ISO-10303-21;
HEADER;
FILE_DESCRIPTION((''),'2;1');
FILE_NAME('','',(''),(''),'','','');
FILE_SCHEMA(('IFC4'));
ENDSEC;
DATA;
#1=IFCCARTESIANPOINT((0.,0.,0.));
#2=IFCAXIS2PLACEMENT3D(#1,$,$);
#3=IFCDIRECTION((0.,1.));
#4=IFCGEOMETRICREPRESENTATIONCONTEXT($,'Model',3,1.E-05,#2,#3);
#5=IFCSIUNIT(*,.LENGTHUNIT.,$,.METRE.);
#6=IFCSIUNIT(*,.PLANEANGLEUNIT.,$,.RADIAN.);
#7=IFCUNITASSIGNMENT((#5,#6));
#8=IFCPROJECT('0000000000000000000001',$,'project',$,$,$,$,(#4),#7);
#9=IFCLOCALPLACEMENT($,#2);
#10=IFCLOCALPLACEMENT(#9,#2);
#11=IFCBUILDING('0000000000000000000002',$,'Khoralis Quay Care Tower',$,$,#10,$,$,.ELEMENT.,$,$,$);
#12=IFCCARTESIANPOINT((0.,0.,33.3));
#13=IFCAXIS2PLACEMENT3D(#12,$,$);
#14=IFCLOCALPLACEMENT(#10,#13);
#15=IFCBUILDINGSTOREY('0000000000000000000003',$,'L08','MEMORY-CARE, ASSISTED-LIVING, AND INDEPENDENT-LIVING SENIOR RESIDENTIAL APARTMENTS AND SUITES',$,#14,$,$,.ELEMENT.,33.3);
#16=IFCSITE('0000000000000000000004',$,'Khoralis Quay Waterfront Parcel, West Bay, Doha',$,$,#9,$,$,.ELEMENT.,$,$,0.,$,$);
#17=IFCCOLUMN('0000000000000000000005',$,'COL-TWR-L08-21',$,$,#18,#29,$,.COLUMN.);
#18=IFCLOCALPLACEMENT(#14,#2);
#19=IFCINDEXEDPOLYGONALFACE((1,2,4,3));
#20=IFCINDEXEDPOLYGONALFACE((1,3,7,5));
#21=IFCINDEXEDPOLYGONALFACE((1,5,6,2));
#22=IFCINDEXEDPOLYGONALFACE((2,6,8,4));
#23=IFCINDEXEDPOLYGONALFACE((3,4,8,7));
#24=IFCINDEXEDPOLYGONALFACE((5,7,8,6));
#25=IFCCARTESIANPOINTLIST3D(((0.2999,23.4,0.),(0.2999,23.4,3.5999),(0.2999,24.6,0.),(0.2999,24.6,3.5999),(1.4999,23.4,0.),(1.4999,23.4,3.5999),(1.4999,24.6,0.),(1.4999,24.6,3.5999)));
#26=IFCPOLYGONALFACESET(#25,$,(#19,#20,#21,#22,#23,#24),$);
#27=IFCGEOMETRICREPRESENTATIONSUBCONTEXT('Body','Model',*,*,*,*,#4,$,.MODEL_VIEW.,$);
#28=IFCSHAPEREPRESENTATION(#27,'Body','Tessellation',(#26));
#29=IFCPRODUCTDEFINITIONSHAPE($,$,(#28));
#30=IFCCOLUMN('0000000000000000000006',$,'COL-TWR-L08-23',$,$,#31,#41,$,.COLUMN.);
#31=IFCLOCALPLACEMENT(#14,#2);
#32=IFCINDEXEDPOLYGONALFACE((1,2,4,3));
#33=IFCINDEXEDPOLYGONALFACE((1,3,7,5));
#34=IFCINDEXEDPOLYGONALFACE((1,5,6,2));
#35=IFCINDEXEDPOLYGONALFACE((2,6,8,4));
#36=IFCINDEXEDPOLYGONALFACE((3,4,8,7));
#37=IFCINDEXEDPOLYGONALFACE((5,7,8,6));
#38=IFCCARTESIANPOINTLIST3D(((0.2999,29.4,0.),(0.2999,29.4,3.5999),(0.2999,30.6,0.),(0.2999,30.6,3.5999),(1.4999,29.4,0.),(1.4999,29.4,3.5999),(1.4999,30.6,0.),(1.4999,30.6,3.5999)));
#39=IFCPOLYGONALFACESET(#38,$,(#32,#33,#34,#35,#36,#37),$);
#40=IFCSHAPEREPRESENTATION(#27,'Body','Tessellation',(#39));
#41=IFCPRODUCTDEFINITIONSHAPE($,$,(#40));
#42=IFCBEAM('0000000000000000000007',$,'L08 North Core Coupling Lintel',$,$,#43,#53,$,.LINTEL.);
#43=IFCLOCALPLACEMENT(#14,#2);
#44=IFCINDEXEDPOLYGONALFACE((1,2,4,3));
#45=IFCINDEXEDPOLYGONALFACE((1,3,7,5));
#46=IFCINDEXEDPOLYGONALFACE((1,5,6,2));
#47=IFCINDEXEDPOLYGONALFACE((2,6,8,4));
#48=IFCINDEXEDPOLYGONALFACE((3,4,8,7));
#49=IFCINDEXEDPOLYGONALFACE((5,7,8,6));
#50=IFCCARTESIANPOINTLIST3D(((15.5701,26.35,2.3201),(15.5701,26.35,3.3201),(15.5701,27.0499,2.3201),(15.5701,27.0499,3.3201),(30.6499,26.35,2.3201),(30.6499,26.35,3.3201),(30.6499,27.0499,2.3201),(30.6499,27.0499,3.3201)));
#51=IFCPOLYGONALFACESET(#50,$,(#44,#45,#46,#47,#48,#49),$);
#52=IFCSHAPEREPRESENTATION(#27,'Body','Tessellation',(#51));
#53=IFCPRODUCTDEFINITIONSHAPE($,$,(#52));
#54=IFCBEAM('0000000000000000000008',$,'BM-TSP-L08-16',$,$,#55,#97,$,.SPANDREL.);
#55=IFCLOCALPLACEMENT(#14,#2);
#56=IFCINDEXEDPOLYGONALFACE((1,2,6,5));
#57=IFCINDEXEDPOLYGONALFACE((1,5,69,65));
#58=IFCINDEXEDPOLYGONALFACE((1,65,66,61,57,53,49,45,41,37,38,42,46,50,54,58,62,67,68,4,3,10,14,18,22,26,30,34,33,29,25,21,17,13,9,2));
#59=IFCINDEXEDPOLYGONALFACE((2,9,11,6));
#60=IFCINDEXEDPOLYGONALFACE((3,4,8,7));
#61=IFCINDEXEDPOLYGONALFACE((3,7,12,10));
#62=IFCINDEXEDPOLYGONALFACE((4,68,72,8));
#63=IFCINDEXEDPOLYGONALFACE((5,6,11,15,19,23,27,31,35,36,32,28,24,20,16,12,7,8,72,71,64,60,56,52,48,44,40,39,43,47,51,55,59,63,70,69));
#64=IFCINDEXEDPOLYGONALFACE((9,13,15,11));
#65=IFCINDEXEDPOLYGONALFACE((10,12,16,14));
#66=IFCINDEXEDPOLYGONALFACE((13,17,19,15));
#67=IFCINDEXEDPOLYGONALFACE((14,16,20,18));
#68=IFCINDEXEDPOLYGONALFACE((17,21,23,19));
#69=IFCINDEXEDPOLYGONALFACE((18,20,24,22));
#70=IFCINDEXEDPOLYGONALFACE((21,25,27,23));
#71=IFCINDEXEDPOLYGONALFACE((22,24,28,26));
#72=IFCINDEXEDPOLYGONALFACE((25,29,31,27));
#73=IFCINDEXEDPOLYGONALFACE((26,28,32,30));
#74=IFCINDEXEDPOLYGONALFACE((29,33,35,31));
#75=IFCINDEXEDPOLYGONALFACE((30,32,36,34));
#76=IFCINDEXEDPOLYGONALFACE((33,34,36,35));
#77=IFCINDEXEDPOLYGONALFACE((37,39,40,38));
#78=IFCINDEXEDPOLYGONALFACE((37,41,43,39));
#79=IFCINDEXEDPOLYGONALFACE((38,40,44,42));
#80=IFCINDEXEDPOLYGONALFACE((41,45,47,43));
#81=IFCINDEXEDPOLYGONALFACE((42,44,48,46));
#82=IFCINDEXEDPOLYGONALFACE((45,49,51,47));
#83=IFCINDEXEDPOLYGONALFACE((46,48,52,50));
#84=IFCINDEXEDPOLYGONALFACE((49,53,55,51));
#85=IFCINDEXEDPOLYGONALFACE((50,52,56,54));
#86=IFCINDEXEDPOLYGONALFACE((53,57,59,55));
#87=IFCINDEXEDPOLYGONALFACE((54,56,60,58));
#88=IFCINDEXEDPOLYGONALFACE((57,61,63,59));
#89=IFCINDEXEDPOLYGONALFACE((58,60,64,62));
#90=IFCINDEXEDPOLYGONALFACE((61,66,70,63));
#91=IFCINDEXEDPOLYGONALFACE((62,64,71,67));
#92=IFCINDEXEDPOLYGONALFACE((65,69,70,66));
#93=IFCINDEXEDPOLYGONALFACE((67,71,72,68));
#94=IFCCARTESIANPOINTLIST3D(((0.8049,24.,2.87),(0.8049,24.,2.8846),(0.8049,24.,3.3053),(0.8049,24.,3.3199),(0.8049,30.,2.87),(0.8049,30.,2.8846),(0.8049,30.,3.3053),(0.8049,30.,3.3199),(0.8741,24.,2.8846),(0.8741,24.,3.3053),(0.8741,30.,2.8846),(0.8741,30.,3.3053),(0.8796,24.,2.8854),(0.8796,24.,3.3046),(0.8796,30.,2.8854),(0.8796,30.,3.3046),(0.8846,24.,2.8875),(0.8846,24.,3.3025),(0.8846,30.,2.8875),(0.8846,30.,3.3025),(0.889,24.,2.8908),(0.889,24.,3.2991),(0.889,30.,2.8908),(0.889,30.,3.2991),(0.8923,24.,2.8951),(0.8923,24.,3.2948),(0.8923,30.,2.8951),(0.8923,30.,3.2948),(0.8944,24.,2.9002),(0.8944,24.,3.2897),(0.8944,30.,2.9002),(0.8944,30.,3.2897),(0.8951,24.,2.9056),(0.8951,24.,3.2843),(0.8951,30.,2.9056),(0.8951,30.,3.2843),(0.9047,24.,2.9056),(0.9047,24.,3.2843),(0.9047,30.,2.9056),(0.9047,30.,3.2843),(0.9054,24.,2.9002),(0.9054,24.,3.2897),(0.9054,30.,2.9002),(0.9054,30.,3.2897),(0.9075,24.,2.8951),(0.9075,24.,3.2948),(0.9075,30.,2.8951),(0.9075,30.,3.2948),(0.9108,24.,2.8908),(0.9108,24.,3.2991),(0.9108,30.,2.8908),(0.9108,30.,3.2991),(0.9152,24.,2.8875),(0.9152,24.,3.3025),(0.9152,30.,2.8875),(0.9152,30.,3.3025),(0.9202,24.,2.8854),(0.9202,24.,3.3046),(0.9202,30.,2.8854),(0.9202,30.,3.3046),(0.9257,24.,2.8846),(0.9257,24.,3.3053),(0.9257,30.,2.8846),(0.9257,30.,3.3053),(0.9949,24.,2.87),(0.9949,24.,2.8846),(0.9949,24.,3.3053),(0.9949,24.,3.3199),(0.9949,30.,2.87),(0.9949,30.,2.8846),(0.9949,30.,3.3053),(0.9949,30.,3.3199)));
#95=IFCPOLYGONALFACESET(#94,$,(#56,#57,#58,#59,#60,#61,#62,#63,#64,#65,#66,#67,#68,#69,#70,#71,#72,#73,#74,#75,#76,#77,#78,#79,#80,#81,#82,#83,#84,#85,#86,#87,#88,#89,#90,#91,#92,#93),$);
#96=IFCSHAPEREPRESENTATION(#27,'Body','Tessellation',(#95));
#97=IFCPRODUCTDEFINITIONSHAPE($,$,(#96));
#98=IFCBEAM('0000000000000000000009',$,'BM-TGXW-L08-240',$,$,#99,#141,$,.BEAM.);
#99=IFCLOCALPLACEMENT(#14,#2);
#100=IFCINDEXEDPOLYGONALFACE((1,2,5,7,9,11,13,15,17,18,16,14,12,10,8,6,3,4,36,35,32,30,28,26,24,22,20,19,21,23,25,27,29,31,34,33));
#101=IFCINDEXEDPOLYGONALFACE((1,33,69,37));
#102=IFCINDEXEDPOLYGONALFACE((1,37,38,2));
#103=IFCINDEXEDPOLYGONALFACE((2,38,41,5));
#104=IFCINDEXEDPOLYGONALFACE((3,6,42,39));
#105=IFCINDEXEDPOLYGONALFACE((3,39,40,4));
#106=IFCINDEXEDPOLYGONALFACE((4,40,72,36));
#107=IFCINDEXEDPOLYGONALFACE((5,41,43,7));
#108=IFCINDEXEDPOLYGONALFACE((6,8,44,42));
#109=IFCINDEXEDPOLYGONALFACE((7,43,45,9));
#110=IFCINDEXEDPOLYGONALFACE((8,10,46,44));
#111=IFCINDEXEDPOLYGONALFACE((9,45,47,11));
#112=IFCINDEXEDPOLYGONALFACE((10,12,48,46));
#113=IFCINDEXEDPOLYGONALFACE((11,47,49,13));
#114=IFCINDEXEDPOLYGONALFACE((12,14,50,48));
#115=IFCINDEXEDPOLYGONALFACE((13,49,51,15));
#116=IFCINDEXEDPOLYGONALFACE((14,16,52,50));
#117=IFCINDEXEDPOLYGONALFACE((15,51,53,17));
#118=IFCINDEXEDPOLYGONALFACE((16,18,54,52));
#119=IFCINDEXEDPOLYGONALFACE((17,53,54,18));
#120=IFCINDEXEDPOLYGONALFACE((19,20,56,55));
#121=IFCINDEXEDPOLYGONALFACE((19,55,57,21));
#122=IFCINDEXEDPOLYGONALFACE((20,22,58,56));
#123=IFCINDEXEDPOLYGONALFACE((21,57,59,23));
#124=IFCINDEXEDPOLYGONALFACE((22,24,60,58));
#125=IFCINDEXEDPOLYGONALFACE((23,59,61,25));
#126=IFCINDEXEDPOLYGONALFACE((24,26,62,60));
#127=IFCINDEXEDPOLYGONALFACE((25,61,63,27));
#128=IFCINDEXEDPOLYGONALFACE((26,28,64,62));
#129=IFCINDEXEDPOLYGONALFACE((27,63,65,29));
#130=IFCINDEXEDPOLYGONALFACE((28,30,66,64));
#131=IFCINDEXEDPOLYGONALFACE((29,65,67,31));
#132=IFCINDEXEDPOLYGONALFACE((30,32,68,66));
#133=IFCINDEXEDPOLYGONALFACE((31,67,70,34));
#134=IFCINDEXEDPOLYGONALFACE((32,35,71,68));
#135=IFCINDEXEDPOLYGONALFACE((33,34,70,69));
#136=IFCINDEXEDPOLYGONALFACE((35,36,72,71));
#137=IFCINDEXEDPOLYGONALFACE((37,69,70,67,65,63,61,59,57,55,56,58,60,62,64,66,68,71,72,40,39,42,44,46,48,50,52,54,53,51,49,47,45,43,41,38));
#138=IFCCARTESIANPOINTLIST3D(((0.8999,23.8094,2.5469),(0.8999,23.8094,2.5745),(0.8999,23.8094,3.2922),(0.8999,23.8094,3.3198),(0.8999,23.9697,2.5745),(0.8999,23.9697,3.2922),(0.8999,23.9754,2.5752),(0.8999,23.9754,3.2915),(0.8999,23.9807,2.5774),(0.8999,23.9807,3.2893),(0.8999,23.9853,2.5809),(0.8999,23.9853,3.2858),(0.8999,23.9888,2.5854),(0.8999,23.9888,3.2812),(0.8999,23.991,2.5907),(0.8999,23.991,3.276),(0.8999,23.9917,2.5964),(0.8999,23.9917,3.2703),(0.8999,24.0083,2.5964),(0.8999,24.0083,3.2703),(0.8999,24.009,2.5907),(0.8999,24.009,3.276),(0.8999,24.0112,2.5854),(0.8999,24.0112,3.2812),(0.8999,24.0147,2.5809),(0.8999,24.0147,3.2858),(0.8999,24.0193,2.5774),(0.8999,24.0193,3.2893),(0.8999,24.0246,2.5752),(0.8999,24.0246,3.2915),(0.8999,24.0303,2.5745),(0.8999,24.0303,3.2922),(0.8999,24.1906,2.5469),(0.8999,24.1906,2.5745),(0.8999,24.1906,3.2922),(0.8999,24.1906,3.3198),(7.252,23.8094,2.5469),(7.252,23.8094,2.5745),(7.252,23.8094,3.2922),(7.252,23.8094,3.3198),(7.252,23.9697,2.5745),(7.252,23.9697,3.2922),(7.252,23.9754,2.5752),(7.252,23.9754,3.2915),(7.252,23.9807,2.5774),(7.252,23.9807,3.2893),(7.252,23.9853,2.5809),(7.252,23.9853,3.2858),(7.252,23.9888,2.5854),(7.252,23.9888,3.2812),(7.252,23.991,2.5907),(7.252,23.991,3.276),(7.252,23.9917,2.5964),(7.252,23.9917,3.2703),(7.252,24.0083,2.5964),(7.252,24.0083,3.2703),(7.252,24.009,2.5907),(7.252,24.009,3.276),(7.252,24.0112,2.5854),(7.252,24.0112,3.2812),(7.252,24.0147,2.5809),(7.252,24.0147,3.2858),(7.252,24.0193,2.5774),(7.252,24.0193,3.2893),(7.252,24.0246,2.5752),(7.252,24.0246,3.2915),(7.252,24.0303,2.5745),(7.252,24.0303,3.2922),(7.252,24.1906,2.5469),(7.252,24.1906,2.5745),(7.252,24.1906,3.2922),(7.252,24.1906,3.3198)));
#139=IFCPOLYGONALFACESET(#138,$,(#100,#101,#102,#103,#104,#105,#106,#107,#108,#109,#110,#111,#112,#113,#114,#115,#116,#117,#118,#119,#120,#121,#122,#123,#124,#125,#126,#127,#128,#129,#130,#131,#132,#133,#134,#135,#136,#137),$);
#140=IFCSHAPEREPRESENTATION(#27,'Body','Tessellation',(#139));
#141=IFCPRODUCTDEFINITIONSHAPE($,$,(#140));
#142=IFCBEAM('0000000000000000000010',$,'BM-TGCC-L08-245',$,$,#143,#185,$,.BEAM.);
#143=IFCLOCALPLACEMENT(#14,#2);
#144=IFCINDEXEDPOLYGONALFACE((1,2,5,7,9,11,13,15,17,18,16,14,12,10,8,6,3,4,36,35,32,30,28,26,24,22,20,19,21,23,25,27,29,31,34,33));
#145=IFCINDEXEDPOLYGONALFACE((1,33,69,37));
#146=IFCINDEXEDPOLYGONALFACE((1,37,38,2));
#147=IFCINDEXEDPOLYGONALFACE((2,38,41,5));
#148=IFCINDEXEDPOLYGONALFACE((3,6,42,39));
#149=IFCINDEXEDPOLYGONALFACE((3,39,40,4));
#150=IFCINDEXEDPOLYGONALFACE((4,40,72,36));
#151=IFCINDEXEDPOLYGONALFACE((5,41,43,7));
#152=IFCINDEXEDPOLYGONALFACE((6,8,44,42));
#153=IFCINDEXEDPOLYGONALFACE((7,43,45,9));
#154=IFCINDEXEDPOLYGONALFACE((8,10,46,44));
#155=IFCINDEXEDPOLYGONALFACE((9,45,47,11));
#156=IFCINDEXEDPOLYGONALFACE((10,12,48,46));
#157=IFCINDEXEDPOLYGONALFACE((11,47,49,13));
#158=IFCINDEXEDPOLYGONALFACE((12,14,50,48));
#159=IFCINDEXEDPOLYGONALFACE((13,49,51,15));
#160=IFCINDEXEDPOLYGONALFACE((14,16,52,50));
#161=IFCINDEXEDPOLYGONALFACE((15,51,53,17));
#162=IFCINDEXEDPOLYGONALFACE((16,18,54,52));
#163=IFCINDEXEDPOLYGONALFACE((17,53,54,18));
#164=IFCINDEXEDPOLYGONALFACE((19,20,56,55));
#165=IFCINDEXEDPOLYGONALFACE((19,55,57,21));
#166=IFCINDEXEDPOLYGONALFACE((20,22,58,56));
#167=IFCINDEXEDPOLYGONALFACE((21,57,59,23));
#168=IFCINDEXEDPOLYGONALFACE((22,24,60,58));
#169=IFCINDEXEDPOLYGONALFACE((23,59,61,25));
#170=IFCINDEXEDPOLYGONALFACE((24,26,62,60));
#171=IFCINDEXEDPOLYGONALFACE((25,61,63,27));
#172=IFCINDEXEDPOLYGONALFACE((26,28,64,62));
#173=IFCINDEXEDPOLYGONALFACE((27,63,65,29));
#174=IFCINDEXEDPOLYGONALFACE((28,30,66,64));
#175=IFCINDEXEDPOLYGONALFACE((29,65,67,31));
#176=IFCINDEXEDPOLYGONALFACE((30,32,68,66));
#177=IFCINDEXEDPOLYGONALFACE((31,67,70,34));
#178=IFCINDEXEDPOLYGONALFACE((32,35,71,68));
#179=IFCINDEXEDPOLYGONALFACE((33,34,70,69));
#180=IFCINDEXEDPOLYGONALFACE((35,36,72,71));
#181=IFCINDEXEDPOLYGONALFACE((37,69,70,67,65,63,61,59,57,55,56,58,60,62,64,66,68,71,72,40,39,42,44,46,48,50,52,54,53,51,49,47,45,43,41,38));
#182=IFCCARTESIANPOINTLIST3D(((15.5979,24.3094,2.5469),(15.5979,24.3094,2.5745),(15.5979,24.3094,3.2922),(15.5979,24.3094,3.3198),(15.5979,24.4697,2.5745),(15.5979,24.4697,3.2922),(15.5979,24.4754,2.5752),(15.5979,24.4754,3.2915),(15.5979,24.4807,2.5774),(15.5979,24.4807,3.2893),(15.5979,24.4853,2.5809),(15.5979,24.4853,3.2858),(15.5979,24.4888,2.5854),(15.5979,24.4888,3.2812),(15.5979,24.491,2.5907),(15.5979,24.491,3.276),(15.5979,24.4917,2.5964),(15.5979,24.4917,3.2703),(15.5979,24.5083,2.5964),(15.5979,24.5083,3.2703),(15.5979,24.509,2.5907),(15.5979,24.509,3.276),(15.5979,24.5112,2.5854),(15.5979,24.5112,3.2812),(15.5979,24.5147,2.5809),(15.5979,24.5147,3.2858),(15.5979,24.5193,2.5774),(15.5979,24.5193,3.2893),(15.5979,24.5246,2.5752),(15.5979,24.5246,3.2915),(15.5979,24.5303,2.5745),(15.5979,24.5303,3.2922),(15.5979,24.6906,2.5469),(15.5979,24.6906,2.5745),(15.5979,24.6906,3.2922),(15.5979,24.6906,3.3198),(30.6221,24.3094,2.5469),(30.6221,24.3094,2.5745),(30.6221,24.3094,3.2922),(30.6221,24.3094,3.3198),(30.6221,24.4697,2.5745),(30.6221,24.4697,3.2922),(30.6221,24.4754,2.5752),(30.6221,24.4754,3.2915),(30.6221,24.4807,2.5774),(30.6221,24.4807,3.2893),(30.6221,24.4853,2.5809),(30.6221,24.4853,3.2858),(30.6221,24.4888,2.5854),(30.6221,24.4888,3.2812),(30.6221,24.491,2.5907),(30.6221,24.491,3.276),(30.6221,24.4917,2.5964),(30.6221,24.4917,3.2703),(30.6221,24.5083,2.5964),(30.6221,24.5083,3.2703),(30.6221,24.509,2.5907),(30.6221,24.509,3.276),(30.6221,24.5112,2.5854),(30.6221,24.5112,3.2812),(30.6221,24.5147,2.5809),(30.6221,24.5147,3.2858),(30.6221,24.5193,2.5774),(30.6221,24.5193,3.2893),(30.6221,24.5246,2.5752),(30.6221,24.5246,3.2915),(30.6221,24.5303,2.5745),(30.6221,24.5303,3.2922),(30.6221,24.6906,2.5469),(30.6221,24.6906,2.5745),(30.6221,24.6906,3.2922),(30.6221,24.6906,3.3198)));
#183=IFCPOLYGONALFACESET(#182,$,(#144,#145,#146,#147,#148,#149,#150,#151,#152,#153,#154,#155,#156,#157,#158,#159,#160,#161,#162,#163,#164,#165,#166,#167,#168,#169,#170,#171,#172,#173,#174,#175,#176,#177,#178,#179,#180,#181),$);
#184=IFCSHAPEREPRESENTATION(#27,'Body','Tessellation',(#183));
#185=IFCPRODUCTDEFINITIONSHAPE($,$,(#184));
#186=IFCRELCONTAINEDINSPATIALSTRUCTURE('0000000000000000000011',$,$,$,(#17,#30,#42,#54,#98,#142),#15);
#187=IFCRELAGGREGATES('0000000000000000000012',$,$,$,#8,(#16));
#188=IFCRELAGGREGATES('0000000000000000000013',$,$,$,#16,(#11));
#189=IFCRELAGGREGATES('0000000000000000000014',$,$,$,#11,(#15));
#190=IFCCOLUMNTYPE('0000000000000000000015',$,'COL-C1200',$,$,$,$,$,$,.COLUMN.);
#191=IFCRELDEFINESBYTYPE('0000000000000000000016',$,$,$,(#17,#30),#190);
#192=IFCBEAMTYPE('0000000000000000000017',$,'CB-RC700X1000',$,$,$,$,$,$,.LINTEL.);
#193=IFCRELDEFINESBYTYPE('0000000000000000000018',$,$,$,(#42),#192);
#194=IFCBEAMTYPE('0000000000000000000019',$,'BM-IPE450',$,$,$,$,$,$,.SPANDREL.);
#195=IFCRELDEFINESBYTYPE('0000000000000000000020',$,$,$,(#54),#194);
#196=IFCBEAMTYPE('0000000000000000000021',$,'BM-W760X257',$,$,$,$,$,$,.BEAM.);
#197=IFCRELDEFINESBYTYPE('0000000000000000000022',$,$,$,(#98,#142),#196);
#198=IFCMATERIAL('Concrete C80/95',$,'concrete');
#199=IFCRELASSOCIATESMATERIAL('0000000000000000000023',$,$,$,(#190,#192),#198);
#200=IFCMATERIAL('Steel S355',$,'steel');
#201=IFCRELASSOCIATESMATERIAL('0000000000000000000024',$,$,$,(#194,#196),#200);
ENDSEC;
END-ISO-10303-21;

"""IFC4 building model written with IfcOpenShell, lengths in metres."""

from ifc_helpers import new_model, si_unit, direction, frame, origin, origin_2d, place, context, subcontext, project, spatial, rectangle, i_section, extrude, source, transform, mapped, material, material_profile, profile_set, type_object, element, save


model = new_model("IFC4")

# Units and contexts
model_context = context("Model", 3, precision=1e-05, world=origin(), true_north=direction((0.0, 1.0)))
body_context = subcontext(model_context, "Body", "Model", "MODEL_VIEW")
ifc_project = project(units=[si_unit("LENGTHUNIT", "METRE"), si_unit("PLANEANGLEUNIT", "RADIAN")], contexts=[model_context])

# Site, building, storey
site_placement = place(None, origin())
site = spatial("IfcSite", under=ifc_project, at=site_placement, Name="Khoralis Quay Waterfront Parcel, West Bay, Doha", CompositionType="ELEMENT", RefElevation=0.0)
building_placement = place(site_placement, origin())
building = spatial("IfcBuilding", under=site, at=building_placement, Name="Khoralis Quay Care Tower", CompositionType="ELEMENT")
storey_placement = place(building_placement, frame((0.0, 0.0, 33.3)))
storey = spatial("IfcBuildingStorey", under=building, at=storey_placement, Name="L08", Description="MEMORY-CARE, ASSISTED-LIVING, AND INDEPENDENT-LIVING SENIOR RESIDENTIAL APARTMENTS AND SUITES", CompositionType="ELEMENT", Elevation=33.3)

# Columns
ifc_material_1 = material(Name="Concrete C80/95", Category="concrete")
ifc_material_profile_1 = material_profile(ifc_material_1, rectangle(XDim=1.2, YDim=1.2, at=origin_2d()), Name="Concrete C80/95")
ifc_profile_set_1 = profile_set([ifc_material_profile_1], Name="Concrete C80/95")
column_type = type_object("IfcColumnType", Name="COL-C1200", PredefinedType="COLUMN", material=ifc_profile_set_1)
shared_shape_1 = source(origin(), body_context, "Body", "SweptSolid", [
    extrude(rectangle(XDim=1.2, YDim=1.2, at=origin_2d()), origin(), (0.0, 0.0, 1.0), 3.5999),
])
for number, where, z_axis, x_axis, name in (
    (1, (0.8999, 24.0, 0.0), (0.0, 0.0, 1.0), (1.0, 0.0, 0.0), "COL-TWR-L08-21"),
    (2, (0.8999, 30.0, 0.0), (0.0, 0.0, 1.0), (1.0, 0.0, 0.0), "COL-TWR-L08-23"),
):
    element("IfcColumn", number, at=place(storey_placement, frame(where, z_axis=z_axis, x_axis=x_axis)), inside=storey, type_object=column_type, Name=name, PredefinedType="COLUMN", context=body_context, shape_type="MappedRepresentation", body=[
        mapped(shared_shape_1, transform((0.0, 0.0, 0.0), scale=1.0)),
    ])

# Beams
ifc_material_profile_2 = material_profile(ifc_material_1, rectangle(XDim=0.7, YDim=1.0, at=origin_2d()), Name="Concrete C80/95")
ifc_profile_set_2 = profile_set([ifc_material_profile_2], Name="Concrete C80/95")
beam_type_1 = type_object("IfcBeamType", Name="CB-RC700X1000", PredefinedType="LINTEL", material=ifc_profile_set_2)
shared_shape_2 = source(origin(), body_context, "Body", "SweptSolid", [
    extrude(rectangle(XDim=0.7, YDim=1.0, at=origin_2d()), origin(), (0.0, 0.0, 1.0), 15.0798),
])
beam_1_placement = place(storey_placement, frame((15.5701, 26.7, 2.8201), z_axis=(1.0, 0.0, 0.0), x_axis=(0.0, 1.0, 0.0)))
element("IfcBeam", 3, at=beam_1_placement, inside=storey, type_object=beam_type_1, Name="L08 North Core Coupling Lintel", PredefinedType="LINTEL", context=body_context, shape_type="MappedRepresentation", body=[
    mapped(shared_shape_2, transform((0.0, 0.0, 0.0), scale=1.0)),
])
ifc_material_2 = material(Name="Steel S355", Category="steel")
ifc_material_profile_3 = material_profile(ifc_material_2, i_section(OverallWidth=0.1899, OverallDepth=0.45, WebThickness=0.0095, FlangeThickness=0.0146, FilletRadius=0.021, at=origin_2d()), Name="Steel S355")
ifc_profile_set_3 = profile_set([ifc_material_profile_3], Name="Steel S355")
beam_type_2 = type_object("IfcBeamType", Name="BM-IPE450", PredefinedType="SPANDREL", material=ifc_profile_set_3)
shared_shape_3 = source(origin(), body_context, "Body", "SweptSolid", [
    extrude(i_section(OverallWidth=0.1899, OverallDepth=0.45, WebThickness=0.0095, FlangeThickness=0.0146, FilletRadius=0.021, at=origin_2d()), origin(), (0.0, 0.0, 1.0), 6.0),
])
beam_2_placement = place(storey_placement, frame((0.8999, 24.0, 3.095), z_axis=(0.0, 1.0, 0.0), x_axis=(-1.0, 0.0, 0.0)))
element("IfcBeam", 4, at=beam_2_placement, inside=storey, type_object=beam_type_2, Name="BM-TSP-L08-16", PredefinedType="SPANDREL", context=body_context, shape_type="MappedRepresentation", body=[
    mapped(shared_shape_3, transform((0.0, 0.0, 0.0), scale=1.0)),
])
ifc_material_profile_4 = material_profile(ifc_material_2, i_section(OverallWidth=0.3811, OverallDepth=0.7729, WebThickness=0.0166, FlangeThickness=0.0276, FilletRadius=0.022, at=origin_2d()), Name="Steel S355")
ifc_profile_set_4 = profile_set([ifc_material_profile_4], Name="Steel S355")
beam_type_3 = type_object("IfcBeamType", Name="BM-W760X257", PredefinedType="BEAM", material=ifc_profile_set_4)
shared_shape_4 = source(origin(), body_context, "Body", "SweptSolid", [
    extrude(i_section(OverallWidth=0.3811, OverallDepth=0.7729, WebThickness=0.0166, FlangeThickness=0.0276, FilletRadius=0.022, at=origin_2d()), origin(), (0.0, 0.0, 1.0), 6.3521),
])
beam_3_placement = place(storey_placement, frame((0.8999, 24.0, 2.9333), z_axis=(1.0, 0.0, 0.0), x_axis=(0.0, 1.0, 0.0)))
element("IfcBeam", 5, at=beam_3_placement, inside=storey, type_object=beam_type_3, Name="BM-TGXW-L08-240", PredefinedType="BEAM", context=body_context, shape_type="MappedRepresentation", body=[
    mapped(shared_shape_4, transform((0.0, 0.0, 0.0), scale=1.0)),
])
shared_shape_5 = source(origin(), body_context, "Body", "SweptSolid", [
    extrude(i_section(OverallWidth=0.3811, OverallDepth=0.7729, WebThickness=0.0166, FlangeThickness=0.0276, FilletRadius=0.022, at=origin_2d()), origin(), (0.0, 0.0, 1.0), 15.0242),
])
beam_4_placement = place(storey_placement, frame((15.5979, 24.5, 2.9333), z_axis=(1.0, 0.0, 0.0), x_axis=(0.0, 1.0, 0.0)))
element("IfcBeam", 6, at=beam_4_placement, inside=storey, type_object=beam_type_3, Name="BM-TGCC-L08-245", PredefinedType="BEAM", context=body_context, shape_type="MappedRepresentation", body=[
    mapped(shared_shape_5, transform((0.0, 0.0, 0.0), scale=1.0)),
])

save(model, "model.ifc")
